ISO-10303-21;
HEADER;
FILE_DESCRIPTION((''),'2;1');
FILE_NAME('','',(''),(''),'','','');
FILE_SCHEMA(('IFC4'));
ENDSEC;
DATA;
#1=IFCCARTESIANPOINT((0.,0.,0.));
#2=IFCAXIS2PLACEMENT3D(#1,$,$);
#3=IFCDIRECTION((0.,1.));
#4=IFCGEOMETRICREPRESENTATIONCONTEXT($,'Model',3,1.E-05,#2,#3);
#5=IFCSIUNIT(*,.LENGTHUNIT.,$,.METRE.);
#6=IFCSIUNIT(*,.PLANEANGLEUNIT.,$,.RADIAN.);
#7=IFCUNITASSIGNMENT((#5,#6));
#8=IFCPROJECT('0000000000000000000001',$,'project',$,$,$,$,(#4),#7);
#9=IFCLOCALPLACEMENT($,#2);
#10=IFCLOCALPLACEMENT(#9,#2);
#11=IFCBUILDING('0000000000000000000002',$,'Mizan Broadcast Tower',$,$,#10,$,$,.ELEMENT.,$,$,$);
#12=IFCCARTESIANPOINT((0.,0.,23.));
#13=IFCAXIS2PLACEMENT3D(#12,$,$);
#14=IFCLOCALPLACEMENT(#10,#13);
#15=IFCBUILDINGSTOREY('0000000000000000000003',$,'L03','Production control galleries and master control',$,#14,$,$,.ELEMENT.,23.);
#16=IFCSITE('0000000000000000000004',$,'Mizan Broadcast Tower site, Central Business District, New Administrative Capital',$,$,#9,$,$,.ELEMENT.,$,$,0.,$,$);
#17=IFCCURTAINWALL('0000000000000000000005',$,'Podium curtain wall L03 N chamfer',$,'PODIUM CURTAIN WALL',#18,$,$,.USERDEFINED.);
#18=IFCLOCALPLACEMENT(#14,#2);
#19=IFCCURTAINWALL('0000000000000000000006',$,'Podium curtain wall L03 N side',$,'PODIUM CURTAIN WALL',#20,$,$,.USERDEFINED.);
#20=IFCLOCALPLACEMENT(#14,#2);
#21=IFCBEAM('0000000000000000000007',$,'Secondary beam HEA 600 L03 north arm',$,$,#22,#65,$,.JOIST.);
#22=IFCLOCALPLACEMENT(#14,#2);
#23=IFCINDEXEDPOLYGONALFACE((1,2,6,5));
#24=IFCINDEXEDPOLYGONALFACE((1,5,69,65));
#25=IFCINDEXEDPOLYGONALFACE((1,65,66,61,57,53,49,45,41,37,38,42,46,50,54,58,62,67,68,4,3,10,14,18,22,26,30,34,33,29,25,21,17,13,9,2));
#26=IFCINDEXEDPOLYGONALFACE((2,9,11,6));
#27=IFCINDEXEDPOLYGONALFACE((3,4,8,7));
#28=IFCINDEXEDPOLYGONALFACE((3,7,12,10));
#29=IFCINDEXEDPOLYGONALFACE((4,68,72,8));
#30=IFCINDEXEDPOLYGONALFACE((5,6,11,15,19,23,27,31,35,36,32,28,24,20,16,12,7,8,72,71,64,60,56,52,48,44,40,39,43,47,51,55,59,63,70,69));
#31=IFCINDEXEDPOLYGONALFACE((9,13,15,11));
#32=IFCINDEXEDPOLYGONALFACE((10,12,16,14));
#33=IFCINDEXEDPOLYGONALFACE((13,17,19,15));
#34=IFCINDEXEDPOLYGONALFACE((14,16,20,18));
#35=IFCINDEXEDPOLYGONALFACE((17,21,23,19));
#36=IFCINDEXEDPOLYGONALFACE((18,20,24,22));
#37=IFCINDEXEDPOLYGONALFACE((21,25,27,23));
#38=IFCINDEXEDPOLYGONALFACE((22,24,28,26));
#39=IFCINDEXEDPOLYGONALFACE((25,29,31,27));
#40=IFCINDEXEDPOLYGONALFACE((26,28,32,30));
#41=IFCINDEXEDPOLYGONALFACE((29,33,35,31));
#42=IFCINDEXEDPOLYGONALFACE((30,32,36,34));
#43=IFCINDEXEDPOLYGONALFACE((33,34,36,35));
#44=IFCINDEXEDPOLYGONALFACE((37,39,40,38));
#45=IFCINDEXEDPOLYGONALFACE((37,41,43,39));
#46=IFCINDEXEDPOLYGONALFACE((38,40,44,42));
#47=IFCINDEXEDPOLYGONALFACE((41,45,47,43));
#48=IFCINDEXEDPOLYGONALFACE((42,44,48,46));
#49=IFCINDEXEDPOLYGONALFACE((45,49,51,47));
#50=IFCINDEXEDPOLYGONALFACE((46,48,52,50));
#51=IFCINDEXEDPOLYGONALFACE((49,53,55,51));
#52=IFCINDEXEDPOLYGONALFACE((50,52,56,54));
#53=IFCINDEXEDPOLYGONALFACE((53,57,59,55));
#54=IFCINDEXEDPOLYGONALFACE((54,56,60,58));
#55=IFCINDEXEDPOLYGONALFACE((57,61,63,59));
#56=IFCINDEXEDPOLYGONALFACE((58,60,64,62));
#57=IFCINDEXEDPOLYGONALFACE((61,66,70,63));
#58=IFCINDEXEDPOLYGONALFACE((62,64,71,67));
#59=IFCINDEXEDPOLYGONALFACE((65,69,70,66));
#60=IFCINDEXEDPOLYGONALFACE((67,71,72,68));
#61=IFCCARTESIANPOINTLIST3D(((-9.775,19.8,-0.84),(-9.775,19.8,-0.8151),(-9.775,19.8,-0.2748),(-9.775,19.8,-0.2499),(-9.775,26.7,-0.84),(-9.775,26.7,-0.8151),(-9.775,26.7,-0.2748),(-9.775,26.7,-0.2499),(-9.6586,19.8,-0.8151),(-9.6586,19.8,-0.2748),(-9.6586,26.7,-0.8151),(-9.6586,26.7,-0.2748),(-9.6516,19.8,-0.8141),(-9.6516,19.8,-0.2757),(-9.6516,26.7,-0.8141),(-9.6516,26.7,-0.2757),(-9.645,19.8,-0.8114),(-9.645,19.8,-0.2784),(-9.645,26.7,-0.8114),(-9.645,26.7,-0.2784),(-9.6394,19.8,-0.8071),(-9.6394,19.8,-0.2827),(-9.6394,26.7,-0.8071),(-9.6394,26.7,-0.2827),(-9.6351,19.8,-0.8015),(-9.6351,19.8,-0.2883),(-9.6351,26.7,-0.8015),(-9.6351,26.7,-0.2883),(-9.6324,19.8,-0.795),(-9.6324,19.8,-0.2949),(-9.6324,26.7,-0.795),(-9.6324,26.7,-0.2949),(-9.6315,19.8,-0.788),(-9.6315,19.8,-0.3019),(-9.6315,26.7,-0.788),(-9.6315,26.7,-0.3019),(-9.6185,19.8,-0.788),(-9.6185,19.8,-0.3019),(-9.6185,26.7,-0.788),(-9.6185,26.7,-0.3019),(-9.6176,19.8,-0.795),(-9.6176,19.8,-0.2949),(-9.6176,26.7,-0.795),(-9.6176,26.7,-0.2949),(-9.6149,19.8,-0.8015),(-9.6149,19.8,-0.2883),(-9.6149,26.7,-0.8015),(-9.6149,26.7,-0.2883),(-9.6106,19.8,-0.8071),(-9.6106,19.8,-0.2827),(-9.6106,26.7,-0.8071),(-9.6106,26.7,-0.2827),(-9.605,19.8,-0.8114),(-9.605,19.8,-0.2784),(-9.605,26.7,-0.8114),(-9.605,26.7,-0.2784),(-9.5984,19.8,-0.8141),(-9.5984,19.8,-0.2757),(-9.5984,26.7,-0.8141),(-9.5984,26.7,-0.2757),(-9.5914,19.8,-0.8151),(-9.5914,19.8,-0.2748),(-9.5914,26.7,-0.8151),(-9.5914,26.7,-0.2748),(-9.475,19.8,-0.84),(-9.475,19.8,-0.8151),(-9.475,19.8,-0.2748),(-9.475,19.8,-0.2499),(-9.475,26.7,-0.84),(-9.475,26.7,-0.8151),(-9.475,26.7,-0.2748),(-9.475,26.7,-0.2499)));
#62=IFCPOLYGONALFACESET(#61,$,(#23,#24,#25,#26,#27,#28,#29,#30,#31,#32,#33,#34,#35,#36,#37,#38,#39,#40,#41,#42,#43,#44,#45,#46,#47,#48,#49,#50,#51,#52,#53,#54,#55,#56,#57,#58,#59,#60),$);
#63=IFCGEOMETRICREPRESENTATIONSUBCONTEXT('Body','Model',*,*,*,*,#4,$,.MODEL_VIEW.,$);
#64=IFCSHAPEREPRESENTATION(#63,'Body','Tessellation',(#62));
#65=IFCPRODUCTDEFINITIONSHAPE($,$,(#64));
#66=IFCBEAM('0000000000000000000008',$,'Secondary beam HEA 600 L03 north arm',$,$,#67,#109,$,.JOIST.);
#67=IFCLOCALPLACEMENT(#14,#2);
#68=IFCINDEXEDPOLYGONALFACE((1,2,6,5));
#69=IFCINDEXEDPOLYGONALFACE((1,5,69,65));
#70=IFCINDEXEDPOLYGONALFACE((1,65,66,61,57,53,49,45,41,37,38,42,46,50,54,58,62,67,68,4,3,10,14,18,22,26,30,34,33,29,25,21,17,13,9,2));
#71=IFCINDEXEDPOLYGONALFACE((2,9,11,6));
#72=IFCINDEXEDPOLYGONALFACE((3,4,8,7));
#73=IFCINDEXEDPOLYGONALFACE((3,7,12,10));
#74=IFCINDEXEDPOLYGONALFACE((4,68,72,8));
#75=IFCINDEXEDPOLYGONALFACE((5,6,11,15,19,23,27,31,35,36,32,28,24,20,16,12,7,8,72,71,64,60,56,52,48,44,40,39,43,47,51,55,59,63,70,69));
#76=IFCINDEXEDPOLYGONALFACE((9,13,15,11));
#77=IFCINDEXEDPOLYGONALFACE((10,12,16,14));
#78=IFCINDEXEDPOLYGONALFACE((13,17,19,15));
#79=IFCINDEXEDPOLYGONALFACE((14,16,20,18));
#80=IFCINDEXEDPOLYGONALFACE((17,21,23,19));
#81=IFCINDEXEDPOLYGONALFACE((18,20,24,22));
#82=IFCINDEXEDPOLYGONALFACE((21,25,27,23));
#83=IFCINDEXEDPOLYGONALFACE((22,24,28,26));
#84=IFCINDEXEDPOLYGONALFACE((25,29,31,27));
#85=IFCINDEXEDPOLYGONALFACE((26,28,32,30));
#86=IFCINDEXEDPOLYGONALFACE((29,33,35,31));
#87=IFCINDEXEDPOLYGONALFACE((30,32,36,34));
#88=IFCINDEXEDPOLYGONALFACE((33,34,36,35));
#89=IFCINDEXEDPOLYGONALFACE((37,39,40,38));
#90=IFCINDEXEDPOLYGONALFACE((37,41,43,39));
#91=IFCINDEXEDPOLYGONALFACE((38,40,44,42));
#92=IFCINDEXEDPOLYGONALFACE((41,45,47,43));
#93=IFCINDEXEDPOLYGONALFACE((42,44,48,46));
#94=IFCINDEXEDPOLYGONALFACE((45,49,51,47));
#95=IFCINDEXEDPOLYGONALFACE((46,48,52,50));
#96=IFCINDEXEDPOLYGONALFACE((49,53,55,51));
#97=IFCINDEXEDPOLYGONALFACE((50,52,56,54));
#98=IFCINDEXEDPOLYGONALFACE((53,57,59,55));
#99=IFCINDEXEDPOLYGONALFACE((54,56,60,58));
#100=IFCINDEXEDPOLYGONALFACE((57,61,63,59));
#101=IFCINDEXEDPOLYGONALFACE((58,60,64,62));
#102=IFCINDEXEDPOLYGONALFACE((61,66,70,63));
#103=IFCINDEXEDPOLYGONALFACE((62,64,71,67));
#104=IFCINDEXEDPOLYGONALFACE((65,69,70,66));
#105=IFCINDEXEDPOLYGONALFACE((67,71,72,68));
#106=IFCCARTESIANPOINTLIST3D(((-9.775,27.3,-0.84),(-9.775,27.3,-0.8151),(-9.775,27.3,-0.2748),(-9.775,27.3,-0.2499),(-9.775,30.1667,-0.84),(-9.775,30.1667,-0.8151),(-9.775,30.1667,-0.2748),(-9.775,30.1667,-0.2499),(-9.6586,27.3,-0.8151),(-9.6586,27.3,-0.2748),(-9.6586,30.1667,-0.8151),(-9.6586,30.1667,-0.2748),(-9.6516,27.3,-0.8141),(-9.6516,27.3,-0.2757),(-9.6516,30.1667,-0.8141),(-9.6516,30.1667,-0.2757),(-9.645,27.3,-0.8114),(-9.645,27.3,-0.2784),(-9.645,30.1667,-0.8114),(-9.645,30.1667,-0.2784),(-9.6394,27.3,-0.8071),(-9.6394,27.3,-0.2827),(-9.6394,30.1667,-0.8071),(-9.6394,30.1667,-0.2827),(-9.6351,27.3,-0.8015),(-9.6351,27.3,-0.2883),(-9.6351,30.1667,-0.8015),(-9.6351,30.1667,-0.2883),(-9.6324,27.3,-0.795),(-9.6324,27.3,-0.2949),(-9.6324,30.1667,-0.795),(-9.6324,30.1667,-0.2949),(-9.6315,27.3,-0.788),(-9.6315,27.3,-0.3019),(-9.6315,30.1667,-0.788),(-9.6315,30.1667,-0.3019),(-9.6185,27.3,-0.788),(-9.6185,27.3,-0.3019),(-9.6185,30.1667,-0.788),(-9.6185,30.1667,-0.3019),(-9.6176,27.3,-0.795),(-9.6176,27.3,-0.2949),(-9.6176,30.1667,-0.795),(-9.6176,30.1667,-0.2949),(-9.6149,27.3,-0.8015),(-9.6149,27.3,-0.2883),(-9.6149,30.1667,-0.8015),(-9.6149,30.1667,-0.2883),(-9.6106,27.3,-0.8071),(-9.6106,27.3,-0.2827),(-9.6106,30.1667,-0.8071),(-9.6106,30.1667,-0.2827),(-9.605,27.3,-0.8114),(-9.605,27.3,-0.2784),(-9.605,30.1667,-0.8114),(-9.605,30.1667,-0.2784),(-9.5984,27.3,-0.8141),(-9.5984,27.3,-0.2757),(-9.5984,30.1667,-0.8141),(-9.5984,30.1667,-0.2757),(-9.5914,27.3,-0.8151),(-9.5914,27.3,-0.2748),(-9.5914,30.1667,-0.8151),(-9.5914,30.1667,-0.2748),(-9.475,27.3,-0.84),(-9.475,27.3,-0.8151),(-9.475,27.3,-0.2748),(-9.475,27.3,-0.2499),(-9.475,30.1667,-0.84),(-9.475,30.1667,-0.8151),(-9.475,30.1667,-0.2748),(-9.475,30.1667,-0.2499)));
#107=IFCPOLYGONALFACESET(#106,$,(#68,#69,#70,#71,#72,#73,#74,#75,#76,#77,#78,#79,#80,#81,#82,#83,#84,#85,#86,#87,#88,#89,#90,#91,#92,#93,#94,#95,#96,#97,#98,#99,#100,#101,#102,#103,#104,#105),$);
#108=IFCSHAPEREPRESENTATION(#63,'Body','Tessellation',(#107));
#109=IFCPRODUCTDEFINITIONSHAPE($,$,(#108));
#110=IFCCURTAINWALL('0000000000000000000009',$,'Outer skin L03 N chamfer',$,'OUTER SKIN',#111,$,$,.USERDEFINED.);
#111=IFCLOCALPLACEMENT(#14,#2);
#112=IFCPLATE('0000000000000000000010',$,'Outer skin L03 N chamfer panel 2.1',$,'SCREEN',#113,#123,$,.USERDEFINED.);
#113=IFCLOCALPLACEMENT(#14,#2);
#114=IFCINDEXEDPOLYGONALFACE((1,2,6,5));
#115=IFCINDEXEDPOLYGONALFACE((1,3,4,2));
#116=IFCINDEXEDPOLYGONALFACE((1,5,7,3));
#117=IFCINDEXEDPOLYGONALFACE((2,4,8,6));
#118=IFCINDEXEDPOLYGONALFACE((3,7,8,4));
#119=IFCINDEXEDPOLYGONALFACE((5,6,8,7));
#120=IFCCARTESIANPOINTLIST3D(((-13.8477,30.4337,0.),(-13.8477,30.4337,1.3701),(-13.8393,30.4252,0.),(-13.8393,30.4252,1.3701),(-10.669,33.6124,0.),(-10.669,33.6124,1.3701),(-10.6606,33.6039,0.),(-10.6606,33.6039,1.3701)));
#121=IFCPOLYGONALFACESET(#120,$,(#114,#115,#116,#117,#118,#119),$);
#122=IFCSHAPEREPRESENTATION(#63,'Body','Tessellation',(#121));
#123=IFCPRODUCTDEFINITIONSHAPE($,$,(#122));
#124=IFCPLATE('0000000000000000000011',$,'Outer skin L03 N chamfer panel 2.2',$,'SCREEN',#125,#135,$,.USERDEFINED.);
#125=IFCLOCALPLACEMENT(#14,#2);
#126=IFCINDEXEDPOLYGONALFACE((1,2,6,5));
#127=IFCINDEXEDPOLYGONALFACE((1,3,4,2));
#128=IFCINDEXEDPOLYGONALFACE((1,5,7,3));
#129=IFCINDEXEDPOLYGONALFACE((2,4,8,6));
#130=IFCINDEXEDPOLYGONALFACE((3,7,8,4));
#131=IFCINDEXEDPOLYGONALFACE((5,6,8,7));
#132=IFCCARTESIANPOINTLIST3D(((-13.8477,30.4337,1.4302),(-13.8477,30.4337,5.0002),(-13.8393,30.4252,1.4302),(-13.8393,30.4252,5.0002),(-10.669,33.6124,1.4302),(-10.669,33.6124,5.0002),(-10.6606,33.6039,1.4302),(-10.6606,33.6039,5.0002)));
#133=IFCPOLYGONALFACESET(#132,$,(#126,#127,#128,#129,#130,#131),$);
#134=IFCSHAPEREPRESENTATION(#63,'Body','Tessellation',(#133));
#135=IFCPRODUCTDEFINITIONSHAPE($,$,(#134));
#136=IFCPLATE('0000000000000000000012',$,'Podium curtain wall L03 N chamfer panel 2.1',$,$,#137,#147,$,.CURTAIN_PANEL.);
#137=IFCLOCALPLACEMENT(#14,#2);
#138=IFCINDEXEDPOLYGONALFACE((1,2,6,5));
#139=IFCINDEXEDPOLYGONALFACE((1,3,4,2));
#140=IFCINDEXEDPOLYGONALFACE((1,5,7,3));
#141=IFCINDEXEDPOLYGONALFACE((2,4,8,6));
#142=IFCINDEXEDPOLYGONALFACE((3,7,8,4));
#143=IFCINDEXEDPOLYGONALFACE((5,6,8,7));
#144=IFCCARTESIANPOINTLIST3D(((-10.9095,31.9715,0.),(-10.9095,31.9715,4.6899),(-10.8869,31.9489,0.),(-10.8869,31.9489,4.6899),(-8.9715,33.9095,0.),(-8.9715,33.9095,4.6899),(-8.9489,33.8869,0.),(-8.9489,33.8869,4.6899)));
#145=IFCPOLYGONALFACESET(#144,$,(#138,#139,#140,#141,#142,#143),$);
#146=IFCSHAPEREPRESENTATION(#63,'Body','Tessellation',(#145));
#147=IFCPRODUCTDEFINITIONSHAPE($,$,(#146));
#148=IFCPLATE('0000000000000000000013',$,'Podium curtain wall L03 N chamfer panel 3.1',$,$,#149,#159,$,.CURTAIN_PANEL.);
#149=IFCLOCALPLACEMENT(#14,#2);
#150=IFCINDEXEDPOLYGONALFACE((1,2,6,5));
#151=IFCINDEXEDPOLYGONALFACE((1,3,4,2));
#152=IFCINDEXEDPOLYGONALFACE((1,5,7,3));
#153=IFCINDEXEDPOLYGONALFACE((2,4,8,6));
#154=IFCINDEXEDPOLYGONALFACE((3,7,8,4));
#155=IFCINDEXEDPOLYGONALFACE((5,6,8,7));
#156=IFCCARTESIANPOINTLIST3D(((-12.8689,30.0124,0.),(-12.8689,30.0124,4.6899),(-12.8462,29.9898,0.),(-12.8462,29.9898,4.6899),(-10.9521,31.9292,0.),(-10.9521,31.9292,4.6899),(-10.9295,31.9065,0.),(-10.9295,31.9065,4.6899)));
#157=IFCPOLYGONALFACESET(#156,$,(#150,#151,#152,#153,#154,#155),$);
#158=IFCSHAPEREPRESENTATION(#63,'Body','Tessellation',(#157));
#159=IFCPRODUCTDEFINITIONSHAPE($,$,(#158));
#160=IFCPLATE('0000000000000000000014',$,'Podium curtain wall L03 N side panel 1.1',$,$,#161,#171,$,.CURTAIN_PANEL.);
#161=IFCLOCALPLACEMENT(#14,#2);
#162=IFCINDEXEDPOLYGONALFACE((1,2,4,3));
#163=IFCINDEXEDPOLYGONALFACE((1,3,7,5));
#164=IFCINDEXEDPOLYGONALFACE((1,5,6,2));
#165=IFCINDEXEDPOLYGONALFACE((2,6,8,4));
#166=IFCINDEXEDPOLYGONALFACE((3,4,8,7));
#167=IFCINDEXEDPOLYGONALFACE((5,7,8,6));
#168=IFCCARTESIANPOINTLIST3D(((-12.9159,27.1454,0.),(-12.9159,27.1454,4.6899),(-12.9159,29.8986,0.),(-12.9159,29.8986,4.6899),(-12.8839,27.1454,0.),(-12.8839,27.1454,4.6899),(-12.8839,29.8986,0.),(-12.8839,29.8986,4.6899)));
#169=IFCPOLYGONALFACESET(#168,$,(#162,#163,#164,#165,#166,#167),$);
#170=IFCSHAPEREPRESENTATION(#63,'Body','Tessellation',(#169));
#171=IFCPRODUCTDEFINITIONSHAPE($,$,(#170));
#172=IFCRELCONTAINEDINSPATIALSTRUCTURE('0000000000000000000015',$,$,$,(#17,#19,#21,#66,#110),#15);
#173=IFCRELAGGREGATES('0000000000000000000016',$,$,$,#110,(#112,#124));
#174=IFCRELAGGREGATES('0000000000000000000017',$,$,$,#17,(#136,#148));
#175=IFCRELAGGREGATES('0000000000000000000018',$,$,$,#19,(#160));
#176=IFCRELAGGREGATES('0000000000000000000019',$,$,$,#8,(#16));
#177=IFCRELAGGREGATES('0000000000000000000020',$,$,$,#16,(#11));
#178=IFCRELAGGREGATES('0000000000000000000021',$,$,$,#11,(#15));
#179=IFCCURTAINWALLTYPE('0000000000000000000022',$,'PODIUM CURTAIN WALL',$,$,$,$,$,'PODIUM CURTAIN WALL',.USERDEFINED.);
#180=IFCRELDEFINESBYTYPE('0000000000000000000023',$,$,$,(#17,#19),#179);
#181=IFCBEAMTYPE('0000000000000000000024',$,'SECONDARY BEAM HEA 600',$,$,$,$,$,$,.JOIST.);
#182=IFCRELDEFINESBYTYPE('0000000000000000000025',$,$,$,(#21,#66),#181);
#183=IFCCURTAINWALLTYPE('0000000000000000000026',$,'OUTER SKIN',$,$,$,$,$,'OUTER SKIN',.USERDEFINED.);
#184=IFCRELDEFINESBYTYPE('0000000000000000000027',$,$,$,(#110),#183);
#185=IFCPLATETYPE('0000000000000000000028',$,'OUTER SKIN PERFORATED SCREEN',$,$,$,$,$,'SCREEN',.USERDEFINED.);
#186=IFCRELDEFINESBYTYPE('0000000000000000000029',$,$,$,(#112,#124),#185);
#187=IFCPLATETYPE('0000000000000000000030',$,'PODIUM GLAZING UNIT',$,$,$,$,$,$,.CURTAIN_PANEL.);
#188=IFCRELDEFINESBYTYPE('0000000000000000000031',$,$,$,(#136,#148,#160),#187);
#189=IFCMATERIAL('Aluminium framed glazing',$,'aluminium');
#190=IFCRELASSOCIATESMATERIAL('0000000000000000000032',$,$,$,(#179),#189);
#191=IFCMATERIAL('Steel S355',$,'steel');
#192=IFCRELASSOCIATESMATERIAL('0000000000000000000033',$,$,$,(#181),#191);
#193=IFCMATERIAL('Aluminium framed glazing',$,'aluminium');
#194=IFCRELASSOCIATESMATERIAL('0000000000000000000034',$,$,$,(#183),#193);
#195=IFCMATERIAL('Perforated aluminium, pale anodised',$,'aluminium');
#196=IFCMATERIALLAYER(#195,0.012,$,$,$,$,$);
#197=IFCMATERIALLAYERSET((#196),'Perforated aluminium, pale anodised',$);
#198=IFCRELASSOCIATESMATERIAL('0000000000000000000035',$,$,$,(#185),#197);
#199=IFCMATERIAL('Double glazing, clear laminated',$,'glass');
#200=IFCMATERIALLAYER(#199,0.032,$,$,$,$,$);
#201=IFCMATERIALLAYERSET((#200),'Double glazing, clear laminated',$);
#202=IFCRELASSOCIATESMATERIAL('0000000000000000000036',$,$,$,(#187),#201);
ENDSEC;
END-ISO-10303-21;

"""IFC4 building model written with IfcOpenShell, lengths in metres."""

from ifc_helpers import new_model, si_unit, direction, frame, origin, origin_2d, place, context, subcontext, project, spatial, rectangle, i_section, extrude, material, layer, layer_set, material_profile, profile_set, type_object, element, aggregate, save


model = new_model("IFC4")

# Units and contexts
model_context = context("Model", 3, precision=1e-05, world=origin(), true_north=direction((0.0, 1.0)))
body_context = subcontext(model_context, "Body", "Model", "MODEL_VIEW")
ifc_project = project(units=[si_unit("LENGTHUNIT", "METRE"), si_unit("PLANEANGLEUNIT", "RADIAN")], contexts=[model_context])

# Site, building, storey
site_placement = place(None, origin())
site = spatial("IfcSite", under=ifc_project, at=site_placement, Name="Mizan Broadcast Tower site, Central Business District, New Administrative Capital", CompositionType="ELEMENT", RefElevation=0.0)
building_placement = place(site_placement, origin())
building = spatial("IfcBuilding", under=site, at=building_placement, Name="Mizan Broadcast Tower", CompositionType="ELEMENT")
storey_placement = place(building_placement, frame((0.0, 0.0, 23.0)))
storey = spatial("IfcBuildingStorey", under=building, at=storey_placement, Name="L03", Description="Production control galleries and master control", CompositionType="ELEMENT", Elevation=23.0)

# Curtain wall
ifc_material_1 = material(Name="Aluminium framed glazing", Category="aluminium")
curtain_wall_type_1 = type_object("IfcCurtainWallType", Name="PODIUM CURTAIN WALL", ElementType="PODIUM CURTAIN WALL", PredefinedType="USERDEFINED", material=ifc_material_1)
curtain_wall_1_placement = place(storey_placement, origin())
curtain_wall_1 = element("IfcCurtainWall", 1, at=curtain_wall_1_placement, inside=storey, type_object=curtain_wall_type_1, Name="Podium curtain wall L03 N chamfer", ObjectType="PODIUM CURTAIN WALL", PredefinedType="USERDEFINED")

# Curtain wall
curtain_wall_2_placement = place(storey_placement, origin())
curtain_wall_2 = element("IfcCurtainWall", 2, at=curtain_wall_2_placement, inside=storey, type_object=curtain_wall_type_1, Name="Podium curtain wall L03 N side", ObjectType="PODIUM CURTAIN WALL", PredefinedType="USERDEFINED")

# Beams
ifc_material_2 = material(Name="Steel S355", Category="steel")
ifc_material_profile_1 = material_profile(ifc_material_2, i_section(OverallWidth=0.3, OverallDepth=0.5901, WebThickness=0.0129, FlangeThickness=0.0249, FilletRadius=0.0271, at=origin_2d()), Name="HEA 600")
ifc_profile_set_1 = profile_set([ifc_material_profile_1], Name="Steel S355")
beam_type_1 = type_object("IfcBeamType", Name="SECONDARY BEAM HEA 600", PredefinedType="JOIST", material=ifc_profile_set_1)
beam_1_placement = place(storey_placement, frame((-9.625, 19.8, -0.5449), z_axis=(0.0, 1.0, 0.0), x_axis=(-1.0, 0.0, 0.0)))
element("IfcBeam", 3, at=beam_1_placement, inside=storey, type_object=beam_type_1, Name="Secondary beam HEA 600 L03 north arm", PredefinedType="JOIST", context=body_context, shape_type="SweptSolid", body=[
    extrude(i_section(OverallWidth=0.3, OverallDepth=0.5901, WebThickness=0.0129, FlangeThickness=0.0249, FilletRadius=0.0271, at=origin_2d()), origin(), (0.0, 0.0, 1.0), 6.8999),
])
beam_2_placement = place(storey_placement, frame((-9.625, 27.3, -0.5449), z_axis=(0.0, 1.0, 0.0), x_axis=(-1.0, 0.0, 0.0)))
element("IfcBeam", 4, at=beam_2_placement, inside=storey, type_object=beam_type_1, Name="Secondary beam HEA 600 L03 north arm", PredefinedType="JOIST", context=body_context, shape_type="SweptSolid", body=[
    extrude(i_section(OverallWidth=0.3, OverallDepth=0.5901, WebThickness=0.0129, FlangeThickness=0.0249, FilletRadius=0.0271, at=origin_2d()), origin(), (0.0, 0.0, 1.0), 2.8667),
])

# Curtain wall, plates
ifc_material_3 = material(Name="Aluminium framed glazing", Category="aluminium")
curtain_wall_type_2 = type_object("IfcCurtainWallType", Name="OUTER SKIN", ElementType="OUTER SKIN", PredefinedType="USERDEFINED", material=ifc_material_3)
curtain_wall_3_placement = place(storey_placement, origin())
curtain_wall_3 = element("IfcCurtainWall", 5, at=curtain_wall_3_placement, inside=storey, type_object=curtain_wall_type_2, Name="Outer skin L03 N chamfer", ObjectType="OUTER SKIN", PredefinedType="USERDEFINED")
ifc_material_4 = material(Name="Perforated aluminium, pale anodised", Category="aluminium")
ifc_layer_1 = layer(ifc_material_4, 0.012)
ifc_layer_set_1 = layer_set([ifc_layer_1], Name="Perforated aluminium, pale anodised")
plate_type_1 = type_object("IfcPlateType", Name="OUTER SKIN PERFORATED SCREEN", ElementType="SCREEN", PredefinedType="USERDEFINED", material=ifc_layer_set_1)
plate_1_placement = place(storey_placement, frame((-12.2542, 32.0188, 0.0), z_axis=(0.0, 0.0, 1.0), x_axis=(-0.707107, -0.707107, 0.0)))
plate_1 = element("IfcPlate", 6, at=plate_1_placement, type_object=plate_type_1, Name="Outer skin L03 N chamfer panel 2.1", ObjectType="SCREEN", PredefinedType="USERDEFINED", context=body_context, shape_type="SweptSolid", body=[
    extrude(rectangle(XDim=4.4954, YDim=0.012, at=origin_2d()), origin(), (0.0, 0.0, 1.0), 1.3701),
])
plate_2_placement = place(storey_placement, frame((-12.2542, 32.0188, 1.4302), z_axis=(0.0, 0.0, 1.0), x_axis=(-0.707107, -0.707107, 0.0)))
plate_2 = element("IfcPlate", 7, at=plate_2_placement, type_object=plate_type_1, Name="Outer skin L03 N chamfer panel 2.2", ObjectType="SCREEN", PredefinedType="USERDEFINED", context=body_context, shape_type="SweptSolid", body=[
    extrude(rectangle(XDim=4.4954, YDim=0.012, at=origin_2d()), origin(), (0.0, 0.0, 1.0), 3.5701),
])
aggregate(curtain_wall_3, [plate_1, plate_2])

# Plates
ifc_material_5 = material(Name="Double glazing, clear laminated", Category="glass")
ifc_layer_2 = layer(ifc_material_5, 0.032)
ifc_layer_set_2 = layer_set([ifc_layer_2], Name="Double glazing, clear laminated")
plate_type_2 = type_object("IfcPlateType", Name="PODIUM GLAZING UNIT", PredefinedType="CURTAIN_PANEL", material=ifc_layer_set_2)
plate_3_placement = place(storey_placement, frame((-9.9292, 32.9292, 0.0), z_axis=(0.0, 0.0, 1.0), x_axis=(-0.707107, -0.707107, 0.0)))
plate_3 = element("IfcPlate", 8, at=plate_3_placement, type_object=plate_type_2, Name="Podium curtain wall L03 N chamfer panel 2.1", PredefinedType="CURTAIN_PANEL", context=body_context, shape_type="SweptSolid", body=[
    extrude(rectangle(XDim=2.7407, YDim=0.032, at=origin_2d()), origin(), (0.0, 0.0, 1.0), 4.6899),
])
plate_4_placement = place(storey_placement, frame((-11.8992, 30.9595, 0.0), z_axis=(0.0, 0.0, 1.0), x_axis=(-0.707107, -0.707107, 0.0)))
plate_4 = element("IfcPlate", 9, at=plate_4_placement, type_object=plate_type_2, Name="Podium curtain wall L03 N chamfer panel 3.1", PredefinedType="CURTAIN_PANEL", context=body_context, shape_type="SweptSolid", body=[
    extrude(rectangle(XDim=2.7107, YDim=0.032, at=origin_2d()), origin(), (0.0, 0.0, 1.0), 4.6899),
])
aggregate(curtain_wall_1, [plate_3, plate_4])
plate_5_placement = place(storey_placement, frame((-12.8999, 28.522, 0.0), z_axis=(0.0, 0.0, 1.0), x_axis=(0.0, -1.0, 0.0)))
plate_5 = element("IfcPlate", 10, at=plate_5_placement, type_object=plate_type_2, Name="Podium curtain wall L03 N side panel 1.1", PredefinedType="CURTAIN_PANEL", context=body_context, shape_type="SweptSolid", body=[
    extrude(rectangle(XDim=2.7532, YDim=0.032, at=origin_2d()), origin(), (0.0, 0.0, 1.0), 4.6899),
])
aggregate(curtain_wall_2, [plate_5])

save(model, "model.ifc")
